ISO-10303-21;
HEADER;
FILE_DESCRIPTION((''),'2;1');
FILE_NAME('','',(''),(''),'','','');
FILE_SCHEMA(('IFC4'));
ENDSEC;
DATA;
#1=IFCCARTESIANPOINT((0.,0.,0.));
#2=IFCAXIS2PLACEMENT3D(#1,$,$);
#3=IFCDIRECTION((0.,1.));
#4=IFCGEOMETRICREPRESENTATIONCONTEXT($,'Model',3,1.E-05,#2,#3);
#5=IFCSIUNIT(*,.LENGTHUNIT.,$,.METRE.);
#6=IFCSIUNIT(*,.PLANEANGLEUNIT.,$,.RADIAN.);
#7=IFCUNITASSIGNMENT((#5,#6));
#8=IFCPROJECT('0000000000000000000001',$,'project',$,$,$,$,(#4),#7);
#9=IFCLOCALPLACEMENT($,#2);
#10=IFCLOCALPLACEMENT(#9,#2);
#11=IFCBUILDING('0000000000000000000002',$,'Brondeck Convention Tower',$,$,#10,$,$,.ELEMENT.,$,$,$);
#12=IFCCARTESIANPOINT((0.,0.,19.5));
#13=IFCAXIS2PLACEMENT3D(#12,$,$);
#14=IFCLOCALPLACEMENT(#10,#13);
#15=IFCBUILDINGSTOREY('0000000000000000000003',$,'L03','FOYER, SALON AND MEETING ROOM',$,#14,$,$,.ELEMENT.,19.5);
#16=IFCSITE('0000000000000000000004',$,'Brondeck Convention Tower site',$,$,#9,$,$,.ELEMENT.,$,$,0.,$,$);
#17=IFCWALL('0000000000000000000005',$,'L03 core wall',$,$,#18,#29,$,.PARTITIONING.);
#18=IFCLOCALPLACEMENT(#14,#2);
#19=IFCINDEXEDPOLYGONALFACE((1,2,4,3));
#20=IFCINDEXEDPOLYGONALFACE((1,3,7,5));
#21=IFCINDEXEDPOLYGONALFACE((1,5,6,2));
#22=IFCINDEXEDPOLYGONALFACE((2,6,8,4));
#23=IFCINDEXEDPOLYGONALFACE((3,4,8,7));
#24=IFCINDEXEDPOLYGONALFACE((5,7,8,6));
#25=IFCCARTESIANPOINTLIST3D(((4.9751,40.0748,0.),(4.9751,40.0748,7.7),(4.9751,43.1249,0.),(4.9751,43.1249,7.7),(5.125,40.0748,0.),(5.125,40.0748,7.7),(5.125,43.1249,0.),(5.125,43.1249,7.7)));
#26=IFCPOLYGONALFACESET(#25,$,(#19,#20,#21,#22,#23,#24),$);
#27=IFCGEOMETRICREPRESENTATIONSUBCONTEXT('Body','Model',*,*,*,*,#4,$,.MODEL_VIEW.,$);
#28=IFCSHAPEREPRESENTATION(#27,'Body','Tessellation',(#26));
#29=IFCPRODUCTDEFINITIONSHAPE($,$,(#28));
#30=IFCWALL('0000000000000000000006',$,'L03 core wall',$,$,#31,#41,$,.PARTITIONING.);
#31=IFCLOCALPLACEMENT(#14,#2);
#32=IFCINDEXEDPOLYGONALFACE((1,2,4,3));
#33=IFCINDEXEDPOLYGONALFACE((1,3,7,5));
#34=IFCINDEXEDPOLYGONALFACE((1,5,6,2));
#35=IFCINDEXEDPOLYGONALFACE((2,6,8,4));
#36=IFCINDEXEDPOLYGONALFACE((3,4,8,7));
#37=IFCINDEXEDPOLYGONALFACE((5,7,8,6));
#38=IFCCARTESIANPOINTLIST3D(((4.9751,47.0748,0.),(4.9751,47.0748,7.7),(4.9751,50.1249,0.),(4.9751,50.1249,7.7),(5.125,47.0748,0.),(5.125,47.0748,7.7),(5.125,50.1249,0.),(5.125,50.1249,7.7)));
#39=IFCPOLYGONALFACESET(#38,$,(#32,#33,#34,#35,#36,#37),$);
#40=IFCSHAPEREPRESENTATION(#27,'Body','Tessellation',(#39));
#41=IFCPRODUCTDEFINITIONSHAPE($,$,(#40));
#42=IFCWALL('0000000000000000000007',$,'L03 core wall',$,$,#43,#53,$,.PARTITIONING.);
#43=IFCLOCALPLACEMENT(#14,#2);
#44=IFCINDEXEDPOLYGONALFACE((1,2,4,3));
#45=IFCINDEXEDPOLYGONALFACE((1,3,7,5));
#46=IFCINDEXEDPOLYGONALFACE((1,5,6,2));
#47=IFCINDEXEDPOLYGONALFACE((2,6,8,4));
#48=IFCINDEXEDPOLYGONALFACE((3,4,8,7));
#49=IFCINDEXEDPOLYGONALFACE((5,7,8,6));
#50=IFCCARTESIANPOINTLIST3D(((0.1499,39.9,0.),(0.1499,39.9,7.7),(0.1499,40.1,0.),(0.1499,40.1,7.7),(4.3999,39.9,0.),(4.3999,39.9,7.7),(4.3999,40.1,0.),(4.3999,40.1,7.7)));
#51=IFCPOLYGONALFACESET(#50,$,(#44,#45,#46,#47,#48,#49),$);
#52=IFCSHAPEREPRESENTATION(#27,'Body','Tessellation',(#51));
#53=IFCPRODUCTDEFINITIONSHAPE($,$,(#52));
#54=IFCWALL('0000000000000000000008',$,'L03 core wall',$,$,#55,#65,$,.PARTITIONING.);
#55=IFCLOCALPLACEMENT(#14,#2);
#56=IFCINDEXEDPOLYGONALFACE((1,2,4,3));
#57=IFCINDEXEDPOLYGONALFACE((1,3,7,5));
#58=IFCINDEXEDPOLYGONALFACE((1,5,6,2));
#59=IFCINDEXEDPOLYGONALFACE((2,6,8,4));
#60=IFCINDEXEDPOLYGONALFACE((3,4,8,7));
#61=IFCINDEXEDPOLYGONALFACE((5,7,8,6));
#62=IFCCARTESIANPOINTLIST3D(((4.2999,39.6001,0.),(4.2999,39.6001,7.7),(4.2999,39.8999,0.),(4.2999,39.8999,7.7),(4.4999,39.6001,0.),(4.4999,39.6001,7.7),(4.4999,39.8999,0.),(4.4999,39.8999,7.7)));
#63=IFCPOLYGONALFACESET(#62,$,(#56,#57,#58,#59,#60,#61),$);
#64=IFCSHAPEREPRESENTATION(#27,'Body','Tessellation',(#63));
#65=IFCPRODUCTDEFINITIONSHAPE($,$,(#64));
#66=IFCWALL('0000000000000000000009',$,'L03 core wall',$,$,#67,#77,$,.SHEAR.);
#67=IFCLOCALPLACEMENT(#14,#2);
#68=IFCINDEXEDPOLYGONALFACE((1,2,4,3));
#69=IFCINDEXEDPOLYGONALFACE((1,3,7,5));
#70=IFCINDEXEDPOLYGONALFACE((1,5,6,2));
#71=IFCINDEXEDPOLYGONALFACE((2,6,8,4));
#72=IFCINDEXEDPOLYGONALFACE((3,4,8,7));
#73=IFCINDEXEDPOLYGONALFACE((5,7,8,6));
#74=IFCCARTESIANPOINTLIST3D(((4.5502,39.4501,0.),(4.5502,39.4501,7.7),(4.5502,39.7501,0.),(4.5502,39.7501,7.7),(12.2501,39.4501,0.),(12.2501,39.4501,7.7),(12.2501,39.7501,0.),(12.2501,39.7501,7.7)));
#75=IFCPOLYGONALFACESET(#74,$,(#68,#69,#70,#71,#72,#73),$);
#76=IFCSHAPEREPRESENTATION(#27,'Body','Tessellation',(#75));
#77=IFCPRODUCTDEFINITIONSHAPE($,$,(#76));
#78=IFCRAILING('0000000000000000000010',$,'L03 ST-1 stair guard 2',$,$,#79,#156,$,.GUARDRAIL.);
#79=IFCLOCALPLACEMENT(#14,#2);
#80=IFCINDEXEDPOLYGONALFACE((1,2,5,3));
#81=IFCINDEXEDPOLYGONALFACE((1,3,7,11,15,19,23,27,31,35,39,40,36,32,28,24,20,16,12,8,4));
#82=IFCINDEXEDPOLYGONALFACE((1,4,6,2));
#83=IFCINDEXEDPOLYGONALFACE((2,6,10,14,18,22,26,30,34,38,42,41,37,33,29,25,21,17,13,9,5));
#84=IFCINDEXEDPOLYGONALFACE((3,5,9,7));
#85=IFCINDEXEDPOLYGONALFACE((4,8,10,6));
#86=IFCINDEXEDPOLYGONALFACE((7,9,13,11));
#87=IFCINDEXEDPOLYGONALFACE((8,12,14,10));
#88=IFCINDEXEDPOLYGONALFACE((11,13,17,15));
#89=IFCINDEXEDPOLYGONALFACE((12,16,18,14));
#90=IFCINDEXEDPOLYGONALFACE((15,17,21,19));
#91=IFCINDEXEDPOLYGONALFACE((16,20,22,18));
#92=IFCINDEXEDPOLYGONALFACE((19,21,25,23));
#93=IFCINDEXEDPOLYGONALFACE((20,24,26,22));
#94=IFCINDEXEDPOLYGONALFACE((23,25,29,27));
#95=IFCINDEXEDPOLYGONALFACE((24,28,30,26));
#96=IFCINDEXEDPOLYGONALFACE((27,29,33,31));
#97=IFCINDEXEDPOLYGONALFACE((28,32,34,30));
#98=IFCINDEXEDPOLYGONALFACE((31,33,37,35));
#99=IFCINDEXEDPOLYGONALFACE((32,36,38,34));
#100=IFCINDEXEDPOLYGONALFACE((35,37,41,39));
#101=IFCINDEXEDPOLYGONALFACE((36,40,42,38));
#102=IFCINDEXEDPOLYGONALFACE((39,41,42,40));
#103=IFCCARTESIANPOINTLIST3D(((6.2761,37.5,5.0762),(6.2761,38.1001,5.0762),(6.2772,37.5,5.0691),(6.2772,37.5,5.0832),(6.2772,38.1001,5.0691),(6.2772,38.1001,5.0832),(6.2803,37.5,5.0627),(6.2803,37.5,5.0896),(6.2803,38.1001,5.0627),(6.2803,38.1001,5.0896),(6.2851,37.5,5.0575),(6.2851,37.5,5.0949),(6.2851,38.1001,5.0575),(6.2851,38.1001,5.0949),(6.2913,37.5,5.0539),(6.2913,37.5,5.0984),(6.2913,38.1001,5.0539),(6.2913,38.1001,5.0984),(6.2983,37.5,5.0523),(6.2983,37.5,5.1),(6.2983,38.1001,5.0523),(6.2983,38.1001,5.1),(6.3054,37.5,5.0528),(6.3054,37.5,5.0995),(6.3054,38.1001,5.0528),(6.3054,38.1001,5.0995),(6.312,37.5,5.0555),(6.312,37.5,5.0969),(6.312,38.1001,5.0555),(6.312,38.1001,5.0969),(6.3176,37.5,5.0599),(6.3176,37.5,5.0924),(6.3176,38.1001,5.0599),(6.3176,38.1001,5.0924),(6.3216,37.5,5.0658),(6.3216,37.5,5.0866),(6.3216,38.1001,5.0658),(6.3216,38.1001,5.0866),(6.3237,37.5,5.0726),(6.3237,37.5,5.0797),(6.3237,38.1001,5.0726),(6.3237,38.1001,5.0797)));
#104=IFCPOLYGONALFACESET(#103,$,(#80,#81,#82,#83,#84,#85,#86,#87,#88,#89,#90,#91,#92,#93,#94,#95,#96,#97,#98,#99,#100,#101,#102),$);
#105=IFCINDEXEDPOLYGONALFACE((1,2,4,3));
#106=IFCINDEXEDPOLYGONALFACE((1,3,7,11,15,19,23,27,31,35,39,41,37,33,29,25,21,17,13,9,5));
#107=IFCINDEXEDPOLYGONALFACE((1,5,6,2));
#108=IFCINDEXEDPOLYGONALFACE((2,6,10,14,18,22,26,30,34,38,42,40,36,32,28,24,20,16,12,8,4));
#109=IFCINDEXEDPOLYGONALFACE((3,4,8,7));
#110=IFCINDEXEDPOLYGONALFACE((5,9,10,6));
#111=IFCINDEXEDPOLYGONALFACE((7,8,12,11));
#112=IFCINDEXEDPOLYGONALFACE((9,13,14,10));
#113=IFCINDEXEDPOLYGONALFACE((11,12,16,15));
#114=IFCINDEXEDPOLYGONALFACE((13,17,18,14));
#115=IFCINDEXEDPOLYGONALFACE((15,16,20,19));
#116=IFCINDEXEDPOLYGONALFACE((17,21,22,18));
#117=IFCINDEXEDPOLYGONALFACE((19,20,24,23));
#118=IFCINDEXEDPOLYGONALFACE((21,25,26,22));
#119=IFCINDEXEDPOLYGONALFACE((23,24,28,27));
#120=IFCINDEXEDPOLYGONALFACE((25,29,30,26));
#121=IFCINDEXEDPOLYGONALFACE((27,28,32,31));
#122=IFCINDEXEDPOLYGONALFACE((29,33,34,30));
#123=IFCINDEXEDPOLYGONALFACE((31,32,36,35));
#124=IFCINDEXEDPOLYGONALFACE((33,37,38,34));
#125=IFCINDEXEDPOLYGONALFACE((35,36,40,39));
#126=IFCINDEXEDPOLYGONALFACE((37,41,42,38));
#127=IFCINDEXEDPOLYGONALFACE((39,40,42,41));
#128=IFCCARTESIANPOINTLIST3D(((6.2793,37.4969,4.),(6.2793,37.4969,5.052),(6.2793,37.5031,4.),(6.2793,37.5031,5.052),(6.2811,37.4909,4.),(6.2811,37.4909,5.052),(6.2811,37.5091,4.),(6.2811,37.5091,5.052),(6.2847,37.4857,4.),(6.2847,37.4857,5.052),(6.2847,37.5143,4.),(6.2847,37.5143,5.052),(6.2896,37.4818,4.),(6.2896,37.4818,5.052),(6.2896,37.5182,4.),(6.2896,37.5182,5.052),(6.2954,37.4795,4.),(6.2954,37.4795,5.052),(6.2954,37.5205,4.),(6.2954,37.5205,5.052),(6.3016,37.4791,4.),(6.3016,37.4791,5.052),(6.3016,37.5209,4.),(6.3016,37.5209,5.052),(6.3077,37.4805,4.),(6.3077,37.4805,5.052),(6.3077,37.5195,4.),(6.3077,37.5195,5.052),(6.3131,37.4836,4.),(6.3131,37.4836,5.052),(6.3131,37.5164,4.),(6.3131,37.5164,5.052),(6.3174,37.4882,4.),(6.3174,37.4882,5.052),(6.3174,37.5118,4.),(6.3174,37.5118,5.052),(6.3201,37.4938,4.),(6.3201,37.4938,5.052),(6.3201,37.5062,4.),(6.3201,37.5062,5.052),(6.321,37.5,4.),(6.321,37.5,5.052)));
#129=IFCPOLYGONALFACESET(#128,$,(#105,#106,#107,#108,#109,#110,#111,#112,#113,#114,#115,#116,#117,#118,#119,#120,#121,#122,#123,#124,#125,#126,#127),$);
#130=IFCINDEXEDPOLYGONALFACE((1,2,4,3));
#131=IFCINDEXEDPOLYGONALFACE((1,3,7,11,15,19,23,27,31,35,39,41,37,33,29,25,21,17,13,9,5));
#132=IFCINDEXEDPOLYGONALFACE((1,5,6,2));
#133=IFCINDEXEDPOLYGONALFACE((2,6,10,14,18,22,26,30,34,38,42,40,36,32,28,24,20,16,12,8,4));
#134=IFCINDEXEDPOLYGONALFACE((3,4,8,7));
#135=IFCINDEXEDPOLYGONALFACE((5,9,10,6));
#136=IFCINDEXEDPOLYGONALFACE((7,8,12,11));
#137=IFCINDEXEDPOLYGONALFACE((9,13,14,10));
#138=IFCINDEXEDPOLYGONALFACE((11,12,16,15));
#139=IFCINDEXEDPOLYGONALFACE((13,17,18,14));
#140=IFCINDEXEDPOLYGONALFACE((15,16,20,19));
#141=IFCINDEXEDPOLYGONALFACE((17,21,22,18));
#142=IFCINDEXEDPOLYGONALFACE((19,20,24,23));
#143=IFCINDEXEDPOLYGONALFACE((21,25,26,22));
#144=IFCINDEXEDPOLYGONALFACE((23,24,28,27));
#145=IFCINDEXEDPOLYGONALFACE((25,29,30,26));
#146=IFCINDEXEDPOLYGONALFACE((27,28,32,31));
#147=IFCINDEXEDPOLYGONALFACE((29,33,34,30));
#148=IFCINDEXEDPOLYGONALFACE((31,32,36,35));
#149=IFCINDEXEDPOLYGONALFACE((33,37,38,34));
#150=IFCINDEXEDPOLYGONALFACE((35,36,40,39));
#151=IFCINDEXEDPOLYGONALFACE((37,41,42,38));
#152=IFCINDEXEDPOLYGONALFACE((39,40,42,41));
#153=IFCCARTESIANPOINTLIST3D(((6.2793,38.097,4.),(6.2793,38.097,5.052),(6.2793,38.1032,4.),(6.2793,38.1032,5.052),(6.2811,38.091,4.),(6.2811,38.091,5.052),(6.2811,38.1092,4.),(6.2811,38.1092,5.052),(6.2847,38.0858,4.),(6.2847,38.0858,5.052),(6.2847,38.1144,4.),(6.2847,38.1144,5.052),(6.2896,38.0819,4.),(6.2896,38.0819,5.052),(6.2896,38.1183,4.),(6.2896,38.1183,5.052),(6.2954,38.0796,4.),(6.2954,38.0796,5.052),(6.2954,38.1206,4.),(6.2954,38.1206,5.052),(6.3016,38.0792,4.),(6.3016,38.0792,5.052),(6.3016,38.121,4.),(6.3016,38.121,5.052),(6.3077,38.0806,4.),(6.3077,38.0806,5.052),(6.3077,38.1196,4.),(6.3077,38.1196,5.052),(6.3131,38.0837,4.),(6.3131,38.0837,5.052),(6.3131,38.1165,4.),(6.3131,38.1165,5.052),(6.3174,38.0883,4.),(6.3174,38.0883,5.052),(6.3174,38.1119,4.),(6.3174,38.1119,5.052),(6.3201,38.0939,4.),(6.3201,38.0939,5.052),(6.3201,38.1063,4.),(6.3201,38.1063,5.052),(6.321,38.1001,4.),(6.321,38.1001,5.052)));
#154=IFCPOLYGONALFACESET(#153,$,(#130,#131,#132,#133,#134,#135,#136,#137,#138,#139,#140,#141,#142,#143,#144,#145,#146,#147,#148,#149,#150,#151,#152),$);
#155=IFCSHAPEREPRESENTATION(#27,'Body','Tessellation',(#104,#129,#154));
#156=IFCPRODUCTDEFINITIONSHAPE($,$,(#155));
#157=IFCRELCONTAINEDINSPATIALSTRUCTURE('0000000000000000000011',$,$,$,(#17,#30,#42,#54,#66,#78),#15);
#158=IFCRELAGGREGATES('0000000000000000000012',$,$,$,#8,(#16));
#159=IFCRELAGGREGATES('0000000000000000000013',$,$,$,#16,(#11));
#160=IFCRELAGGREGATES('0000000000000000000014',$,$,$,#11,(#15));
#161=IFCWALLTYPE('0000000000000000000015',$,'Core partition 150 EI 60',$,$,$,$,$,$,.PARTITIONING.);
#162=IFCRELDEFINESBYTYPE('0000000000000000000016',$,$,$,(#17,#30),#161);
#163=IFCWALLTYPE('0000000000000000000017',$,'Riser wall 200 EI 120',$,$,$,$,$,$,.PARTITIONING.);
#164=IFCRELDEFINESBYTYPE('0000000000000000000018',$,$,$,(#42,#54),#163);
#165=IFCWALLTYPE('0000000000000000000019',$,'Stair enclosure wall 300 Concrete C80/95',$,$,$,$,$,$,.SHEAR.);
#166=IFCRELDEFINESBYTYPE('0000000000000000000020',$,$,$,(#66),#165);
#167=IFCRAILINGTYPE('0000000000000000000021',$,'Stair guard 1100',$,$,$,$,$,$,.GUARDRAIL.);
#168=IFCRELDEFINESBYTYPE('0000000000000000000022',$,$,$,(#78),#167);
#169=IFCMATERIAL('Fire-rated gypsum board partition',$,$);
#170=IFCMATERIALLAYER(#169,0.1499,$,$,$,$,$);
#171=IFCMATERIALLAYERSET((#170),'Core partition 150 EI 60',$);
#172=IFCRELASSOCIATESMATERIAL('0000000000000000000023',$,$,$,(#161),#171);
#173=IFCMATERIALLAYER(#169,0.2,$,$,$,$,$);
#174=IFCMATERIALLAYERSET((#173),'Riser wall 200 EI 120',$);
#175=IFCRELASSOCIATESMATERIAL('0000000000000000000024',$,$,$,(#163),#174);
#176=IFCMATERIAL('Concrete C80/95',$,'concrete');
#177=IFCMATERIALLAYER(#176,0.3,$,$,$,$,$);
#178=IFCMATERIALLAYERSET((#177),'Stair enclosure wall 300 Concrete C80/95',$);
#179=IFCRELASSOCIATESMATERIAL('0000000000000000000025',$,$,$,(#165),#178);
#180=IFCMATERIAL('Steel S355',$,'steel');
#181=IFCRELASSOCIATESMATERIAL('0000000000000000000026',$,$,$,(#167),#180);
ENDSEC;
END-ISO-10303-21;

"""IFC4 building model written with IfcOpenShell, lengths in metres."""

from ifc_helpers import new_model, si_unit, direction, frame, frame_2d, origin, origin_2d, place, context, subcontext, project, spatial, rectangle, circle, extrude, material, layer, layer_set, type_object, element, save


model = new_model("IFC4")

# Units and contexts
model_context = context("Model", 3, precision=1e-05, world=origin(), true_north=direction((0.0, 1.0)))
body_context = subcontext(model_context, "Body", "Model", "MODEL_VIEW")
ifc_project = project(units=[si_unit("LENGTHUNIT", "METRE"), si_unit("PLANEANGLEUNIT", "RADIAN")], contexts=[model_context])

# Site, building, storey
site_placement = place(None, origin())
site = spatial("IfcSite", under=ifc_project, at=site_placement, Name="Brondeck Convention Tower site", CompositionType="ELEMENT", RefElevation=0.0)
building_placement = place(site_placement, origin())
building = spatial("IfcBuilding", under=site, at=building_placement, Name="Brondeck Convention Tower", CompositionType="ELEMENT")
storey_placement = place(building_placement, frame((0.0, 0.0, 19.5)))
storey = spatial("IfcBuildingStorey", under=building, at=storey_placement, Name="L03", Description="FOYER, SALON AND MEETING ROOM", CompositionType="ELEMENT", Elevation=19.5)

# Shared definitions
ifc_material_1 = material(Name="Concrete C80/95", Category="concrete")

# Shared definitions
ifc_material_2 = material(Name="Fire-rated gypsum board partition")
ifc_layer_1 = layer(ifc_material_2, 0.1499)
ifc_layer_set_1 = layer_set([ifc_layer_1], Name="Core partition 150 EI 60")
wall_type_1 = type_object("IfcWallType", Name="Core partition 150 EI 60", PredefinedType="PARTITIONING", material=ifc_layer_set_1)

# Walls
for number, where, z_axis, x_axis, name in (
    (1, (5.05, 40.075, 0.0), (0.0, 0.0, 1.0), (0.0, 1.0, 0.0), "L03 core wall"),
    (2, (5.05, 47.075, 0.0), (0.0, 0.0, 1.0), (0.0, 1.0, 0.0), "L03 core wall"),
):
    element("IfcWall", number, at=place(storey_placement, frame(where, z_axis=z_axis, x_axis=x_axis)), inside=storey, type_object=wall_type_1, Name=name, PredefinedType="PARTITIONING", context=body_context, shape_type="SweptSolid", body=[
        extrude(rectangle(XDim=3.05, YDim=0.1499, at=frame_2d((1.5249, 0.0))), origin(), (0.0, 0.0, 1.0), 7.7),
    ])
ifc_layer_2 = layer(ifc_material_2, 0.2)
ifc_layer_set_2 = layer_set([ifc_layer_2], Name="Riser wall 200 EI 120")
wall_type_2 = type_object("IfcWallType", Name="Riser wall 200 EI 120", PredefinedType="PARTITIONING", material=ifc_layer_set_2)
wall_1_placement = place(storey_placement, frame((0.1499, 40.0, 0.0), z_axis=(0.0, 0.0, 1.0), x_axis=(1.0, 0.0, 0.0)))
element("IfcWall", 3, at=wall_1_placement, inside=storey, type_object=wall_type_2, Name="L03 core wall", PredefinedType="PARTITIONING", context=body_context, shape_type="SweptSolid", body=[
    extrude(rectangle(XDim=4.25, YDim=0.2, at=frame_2d((2.125, 0.0))), origin(), (0.0, 0.0, 1.0), 7.7),
])
wall_2_placement = place(storey_placement, frame((4.3999, 39.6001, 0.0), z_axis=(0.0, 0.0, 1.0), x_axis=(0.0, 1.0, 0.0)))
element("IfcWall", 4, at=wall_2_placement, inside=storey, type_object=wall_type_2, Name="L03 core wall", PredefinedType="PARTITIONING", context=body_context, shape_type="SweptSolid", body=[
    extrude(rectangle(XDim=0.2998, YDim=0.2, at=frame_2d((0.1499, 0.0))), origin(), (0.0, 0.0, 1.0), 7.7),
])
ifc_layer_3 = layer(ifc_material_1, 0.3)
ifc_layer_set_3 = layer_set([ifc_layer_3], Name="Stair enclosure wall 300 Concrete C80/95")
wall_type_3 = type_object("IfcWallType", Name="Stair enclosure wall 300 Concrete C80/95", PredefinedType="SHEAR", material=ifc_layer_set_3)
wall_3_placement = place(storey_placement, frame((4.55, 39.6001, 0.0), z_axis=(0.0, 0.0, 1.0), x_axis=(1.0, 0.0, 0.0)))
element("IfcWall", 5, at=wall_3_placement, inside=storey, type_object=wall_type_3, Name="L03 core wall", PredefinedType="SHEAR", context=body_context, shape_type="SweptSolid", body=[
    extrude(rectangle(XDim=7.7, YDim=0.3, at=frame_2d((3.8501, 0.0))), origin(), (0.0, 0.0, 1.0), 7.7),
])

# Railing
ifc_material_3 = material(Name="Steel S355", Category="steel")
railing_type = type_object("IfcRailingType", Name="Stair guard 1100", PredefinedType="GUARDRAIL", material=ifc_material_3)
railing_1_placement = place(storey_placement, frame((6.3, 37.5, 4.0)))
element("IfcRailing", 6, at=railing_1_placement, inside=storey, type_object=railing_type, Name="L03 ST-1 stair guard 2", PredefinedType="GUARDRAIL", context=body_context, shape_type="SweptSolid", body=[
    extrude(circle(Radius=0.0239, at=origin_2d()), frame((0.0, 0.0, 1.0762), z_axis=(0.0, 1.0, 0.0), x_axis=(-1.0, 0.0, 0.0)), (0.0, 0.0, 1.0), 0.6001),
    extrude(circle(Radius=0.021, at=origin_2d()), origin(), (0.0, 0.0, 1.0), 1.052),
    extrude(circle(Radius=0.021, at=origin_2d()), frame((0.0, 0.6001, 0.0)), (0.0, 0.0, 1.0), 1.052),
])

save(model, "model.ifc")
